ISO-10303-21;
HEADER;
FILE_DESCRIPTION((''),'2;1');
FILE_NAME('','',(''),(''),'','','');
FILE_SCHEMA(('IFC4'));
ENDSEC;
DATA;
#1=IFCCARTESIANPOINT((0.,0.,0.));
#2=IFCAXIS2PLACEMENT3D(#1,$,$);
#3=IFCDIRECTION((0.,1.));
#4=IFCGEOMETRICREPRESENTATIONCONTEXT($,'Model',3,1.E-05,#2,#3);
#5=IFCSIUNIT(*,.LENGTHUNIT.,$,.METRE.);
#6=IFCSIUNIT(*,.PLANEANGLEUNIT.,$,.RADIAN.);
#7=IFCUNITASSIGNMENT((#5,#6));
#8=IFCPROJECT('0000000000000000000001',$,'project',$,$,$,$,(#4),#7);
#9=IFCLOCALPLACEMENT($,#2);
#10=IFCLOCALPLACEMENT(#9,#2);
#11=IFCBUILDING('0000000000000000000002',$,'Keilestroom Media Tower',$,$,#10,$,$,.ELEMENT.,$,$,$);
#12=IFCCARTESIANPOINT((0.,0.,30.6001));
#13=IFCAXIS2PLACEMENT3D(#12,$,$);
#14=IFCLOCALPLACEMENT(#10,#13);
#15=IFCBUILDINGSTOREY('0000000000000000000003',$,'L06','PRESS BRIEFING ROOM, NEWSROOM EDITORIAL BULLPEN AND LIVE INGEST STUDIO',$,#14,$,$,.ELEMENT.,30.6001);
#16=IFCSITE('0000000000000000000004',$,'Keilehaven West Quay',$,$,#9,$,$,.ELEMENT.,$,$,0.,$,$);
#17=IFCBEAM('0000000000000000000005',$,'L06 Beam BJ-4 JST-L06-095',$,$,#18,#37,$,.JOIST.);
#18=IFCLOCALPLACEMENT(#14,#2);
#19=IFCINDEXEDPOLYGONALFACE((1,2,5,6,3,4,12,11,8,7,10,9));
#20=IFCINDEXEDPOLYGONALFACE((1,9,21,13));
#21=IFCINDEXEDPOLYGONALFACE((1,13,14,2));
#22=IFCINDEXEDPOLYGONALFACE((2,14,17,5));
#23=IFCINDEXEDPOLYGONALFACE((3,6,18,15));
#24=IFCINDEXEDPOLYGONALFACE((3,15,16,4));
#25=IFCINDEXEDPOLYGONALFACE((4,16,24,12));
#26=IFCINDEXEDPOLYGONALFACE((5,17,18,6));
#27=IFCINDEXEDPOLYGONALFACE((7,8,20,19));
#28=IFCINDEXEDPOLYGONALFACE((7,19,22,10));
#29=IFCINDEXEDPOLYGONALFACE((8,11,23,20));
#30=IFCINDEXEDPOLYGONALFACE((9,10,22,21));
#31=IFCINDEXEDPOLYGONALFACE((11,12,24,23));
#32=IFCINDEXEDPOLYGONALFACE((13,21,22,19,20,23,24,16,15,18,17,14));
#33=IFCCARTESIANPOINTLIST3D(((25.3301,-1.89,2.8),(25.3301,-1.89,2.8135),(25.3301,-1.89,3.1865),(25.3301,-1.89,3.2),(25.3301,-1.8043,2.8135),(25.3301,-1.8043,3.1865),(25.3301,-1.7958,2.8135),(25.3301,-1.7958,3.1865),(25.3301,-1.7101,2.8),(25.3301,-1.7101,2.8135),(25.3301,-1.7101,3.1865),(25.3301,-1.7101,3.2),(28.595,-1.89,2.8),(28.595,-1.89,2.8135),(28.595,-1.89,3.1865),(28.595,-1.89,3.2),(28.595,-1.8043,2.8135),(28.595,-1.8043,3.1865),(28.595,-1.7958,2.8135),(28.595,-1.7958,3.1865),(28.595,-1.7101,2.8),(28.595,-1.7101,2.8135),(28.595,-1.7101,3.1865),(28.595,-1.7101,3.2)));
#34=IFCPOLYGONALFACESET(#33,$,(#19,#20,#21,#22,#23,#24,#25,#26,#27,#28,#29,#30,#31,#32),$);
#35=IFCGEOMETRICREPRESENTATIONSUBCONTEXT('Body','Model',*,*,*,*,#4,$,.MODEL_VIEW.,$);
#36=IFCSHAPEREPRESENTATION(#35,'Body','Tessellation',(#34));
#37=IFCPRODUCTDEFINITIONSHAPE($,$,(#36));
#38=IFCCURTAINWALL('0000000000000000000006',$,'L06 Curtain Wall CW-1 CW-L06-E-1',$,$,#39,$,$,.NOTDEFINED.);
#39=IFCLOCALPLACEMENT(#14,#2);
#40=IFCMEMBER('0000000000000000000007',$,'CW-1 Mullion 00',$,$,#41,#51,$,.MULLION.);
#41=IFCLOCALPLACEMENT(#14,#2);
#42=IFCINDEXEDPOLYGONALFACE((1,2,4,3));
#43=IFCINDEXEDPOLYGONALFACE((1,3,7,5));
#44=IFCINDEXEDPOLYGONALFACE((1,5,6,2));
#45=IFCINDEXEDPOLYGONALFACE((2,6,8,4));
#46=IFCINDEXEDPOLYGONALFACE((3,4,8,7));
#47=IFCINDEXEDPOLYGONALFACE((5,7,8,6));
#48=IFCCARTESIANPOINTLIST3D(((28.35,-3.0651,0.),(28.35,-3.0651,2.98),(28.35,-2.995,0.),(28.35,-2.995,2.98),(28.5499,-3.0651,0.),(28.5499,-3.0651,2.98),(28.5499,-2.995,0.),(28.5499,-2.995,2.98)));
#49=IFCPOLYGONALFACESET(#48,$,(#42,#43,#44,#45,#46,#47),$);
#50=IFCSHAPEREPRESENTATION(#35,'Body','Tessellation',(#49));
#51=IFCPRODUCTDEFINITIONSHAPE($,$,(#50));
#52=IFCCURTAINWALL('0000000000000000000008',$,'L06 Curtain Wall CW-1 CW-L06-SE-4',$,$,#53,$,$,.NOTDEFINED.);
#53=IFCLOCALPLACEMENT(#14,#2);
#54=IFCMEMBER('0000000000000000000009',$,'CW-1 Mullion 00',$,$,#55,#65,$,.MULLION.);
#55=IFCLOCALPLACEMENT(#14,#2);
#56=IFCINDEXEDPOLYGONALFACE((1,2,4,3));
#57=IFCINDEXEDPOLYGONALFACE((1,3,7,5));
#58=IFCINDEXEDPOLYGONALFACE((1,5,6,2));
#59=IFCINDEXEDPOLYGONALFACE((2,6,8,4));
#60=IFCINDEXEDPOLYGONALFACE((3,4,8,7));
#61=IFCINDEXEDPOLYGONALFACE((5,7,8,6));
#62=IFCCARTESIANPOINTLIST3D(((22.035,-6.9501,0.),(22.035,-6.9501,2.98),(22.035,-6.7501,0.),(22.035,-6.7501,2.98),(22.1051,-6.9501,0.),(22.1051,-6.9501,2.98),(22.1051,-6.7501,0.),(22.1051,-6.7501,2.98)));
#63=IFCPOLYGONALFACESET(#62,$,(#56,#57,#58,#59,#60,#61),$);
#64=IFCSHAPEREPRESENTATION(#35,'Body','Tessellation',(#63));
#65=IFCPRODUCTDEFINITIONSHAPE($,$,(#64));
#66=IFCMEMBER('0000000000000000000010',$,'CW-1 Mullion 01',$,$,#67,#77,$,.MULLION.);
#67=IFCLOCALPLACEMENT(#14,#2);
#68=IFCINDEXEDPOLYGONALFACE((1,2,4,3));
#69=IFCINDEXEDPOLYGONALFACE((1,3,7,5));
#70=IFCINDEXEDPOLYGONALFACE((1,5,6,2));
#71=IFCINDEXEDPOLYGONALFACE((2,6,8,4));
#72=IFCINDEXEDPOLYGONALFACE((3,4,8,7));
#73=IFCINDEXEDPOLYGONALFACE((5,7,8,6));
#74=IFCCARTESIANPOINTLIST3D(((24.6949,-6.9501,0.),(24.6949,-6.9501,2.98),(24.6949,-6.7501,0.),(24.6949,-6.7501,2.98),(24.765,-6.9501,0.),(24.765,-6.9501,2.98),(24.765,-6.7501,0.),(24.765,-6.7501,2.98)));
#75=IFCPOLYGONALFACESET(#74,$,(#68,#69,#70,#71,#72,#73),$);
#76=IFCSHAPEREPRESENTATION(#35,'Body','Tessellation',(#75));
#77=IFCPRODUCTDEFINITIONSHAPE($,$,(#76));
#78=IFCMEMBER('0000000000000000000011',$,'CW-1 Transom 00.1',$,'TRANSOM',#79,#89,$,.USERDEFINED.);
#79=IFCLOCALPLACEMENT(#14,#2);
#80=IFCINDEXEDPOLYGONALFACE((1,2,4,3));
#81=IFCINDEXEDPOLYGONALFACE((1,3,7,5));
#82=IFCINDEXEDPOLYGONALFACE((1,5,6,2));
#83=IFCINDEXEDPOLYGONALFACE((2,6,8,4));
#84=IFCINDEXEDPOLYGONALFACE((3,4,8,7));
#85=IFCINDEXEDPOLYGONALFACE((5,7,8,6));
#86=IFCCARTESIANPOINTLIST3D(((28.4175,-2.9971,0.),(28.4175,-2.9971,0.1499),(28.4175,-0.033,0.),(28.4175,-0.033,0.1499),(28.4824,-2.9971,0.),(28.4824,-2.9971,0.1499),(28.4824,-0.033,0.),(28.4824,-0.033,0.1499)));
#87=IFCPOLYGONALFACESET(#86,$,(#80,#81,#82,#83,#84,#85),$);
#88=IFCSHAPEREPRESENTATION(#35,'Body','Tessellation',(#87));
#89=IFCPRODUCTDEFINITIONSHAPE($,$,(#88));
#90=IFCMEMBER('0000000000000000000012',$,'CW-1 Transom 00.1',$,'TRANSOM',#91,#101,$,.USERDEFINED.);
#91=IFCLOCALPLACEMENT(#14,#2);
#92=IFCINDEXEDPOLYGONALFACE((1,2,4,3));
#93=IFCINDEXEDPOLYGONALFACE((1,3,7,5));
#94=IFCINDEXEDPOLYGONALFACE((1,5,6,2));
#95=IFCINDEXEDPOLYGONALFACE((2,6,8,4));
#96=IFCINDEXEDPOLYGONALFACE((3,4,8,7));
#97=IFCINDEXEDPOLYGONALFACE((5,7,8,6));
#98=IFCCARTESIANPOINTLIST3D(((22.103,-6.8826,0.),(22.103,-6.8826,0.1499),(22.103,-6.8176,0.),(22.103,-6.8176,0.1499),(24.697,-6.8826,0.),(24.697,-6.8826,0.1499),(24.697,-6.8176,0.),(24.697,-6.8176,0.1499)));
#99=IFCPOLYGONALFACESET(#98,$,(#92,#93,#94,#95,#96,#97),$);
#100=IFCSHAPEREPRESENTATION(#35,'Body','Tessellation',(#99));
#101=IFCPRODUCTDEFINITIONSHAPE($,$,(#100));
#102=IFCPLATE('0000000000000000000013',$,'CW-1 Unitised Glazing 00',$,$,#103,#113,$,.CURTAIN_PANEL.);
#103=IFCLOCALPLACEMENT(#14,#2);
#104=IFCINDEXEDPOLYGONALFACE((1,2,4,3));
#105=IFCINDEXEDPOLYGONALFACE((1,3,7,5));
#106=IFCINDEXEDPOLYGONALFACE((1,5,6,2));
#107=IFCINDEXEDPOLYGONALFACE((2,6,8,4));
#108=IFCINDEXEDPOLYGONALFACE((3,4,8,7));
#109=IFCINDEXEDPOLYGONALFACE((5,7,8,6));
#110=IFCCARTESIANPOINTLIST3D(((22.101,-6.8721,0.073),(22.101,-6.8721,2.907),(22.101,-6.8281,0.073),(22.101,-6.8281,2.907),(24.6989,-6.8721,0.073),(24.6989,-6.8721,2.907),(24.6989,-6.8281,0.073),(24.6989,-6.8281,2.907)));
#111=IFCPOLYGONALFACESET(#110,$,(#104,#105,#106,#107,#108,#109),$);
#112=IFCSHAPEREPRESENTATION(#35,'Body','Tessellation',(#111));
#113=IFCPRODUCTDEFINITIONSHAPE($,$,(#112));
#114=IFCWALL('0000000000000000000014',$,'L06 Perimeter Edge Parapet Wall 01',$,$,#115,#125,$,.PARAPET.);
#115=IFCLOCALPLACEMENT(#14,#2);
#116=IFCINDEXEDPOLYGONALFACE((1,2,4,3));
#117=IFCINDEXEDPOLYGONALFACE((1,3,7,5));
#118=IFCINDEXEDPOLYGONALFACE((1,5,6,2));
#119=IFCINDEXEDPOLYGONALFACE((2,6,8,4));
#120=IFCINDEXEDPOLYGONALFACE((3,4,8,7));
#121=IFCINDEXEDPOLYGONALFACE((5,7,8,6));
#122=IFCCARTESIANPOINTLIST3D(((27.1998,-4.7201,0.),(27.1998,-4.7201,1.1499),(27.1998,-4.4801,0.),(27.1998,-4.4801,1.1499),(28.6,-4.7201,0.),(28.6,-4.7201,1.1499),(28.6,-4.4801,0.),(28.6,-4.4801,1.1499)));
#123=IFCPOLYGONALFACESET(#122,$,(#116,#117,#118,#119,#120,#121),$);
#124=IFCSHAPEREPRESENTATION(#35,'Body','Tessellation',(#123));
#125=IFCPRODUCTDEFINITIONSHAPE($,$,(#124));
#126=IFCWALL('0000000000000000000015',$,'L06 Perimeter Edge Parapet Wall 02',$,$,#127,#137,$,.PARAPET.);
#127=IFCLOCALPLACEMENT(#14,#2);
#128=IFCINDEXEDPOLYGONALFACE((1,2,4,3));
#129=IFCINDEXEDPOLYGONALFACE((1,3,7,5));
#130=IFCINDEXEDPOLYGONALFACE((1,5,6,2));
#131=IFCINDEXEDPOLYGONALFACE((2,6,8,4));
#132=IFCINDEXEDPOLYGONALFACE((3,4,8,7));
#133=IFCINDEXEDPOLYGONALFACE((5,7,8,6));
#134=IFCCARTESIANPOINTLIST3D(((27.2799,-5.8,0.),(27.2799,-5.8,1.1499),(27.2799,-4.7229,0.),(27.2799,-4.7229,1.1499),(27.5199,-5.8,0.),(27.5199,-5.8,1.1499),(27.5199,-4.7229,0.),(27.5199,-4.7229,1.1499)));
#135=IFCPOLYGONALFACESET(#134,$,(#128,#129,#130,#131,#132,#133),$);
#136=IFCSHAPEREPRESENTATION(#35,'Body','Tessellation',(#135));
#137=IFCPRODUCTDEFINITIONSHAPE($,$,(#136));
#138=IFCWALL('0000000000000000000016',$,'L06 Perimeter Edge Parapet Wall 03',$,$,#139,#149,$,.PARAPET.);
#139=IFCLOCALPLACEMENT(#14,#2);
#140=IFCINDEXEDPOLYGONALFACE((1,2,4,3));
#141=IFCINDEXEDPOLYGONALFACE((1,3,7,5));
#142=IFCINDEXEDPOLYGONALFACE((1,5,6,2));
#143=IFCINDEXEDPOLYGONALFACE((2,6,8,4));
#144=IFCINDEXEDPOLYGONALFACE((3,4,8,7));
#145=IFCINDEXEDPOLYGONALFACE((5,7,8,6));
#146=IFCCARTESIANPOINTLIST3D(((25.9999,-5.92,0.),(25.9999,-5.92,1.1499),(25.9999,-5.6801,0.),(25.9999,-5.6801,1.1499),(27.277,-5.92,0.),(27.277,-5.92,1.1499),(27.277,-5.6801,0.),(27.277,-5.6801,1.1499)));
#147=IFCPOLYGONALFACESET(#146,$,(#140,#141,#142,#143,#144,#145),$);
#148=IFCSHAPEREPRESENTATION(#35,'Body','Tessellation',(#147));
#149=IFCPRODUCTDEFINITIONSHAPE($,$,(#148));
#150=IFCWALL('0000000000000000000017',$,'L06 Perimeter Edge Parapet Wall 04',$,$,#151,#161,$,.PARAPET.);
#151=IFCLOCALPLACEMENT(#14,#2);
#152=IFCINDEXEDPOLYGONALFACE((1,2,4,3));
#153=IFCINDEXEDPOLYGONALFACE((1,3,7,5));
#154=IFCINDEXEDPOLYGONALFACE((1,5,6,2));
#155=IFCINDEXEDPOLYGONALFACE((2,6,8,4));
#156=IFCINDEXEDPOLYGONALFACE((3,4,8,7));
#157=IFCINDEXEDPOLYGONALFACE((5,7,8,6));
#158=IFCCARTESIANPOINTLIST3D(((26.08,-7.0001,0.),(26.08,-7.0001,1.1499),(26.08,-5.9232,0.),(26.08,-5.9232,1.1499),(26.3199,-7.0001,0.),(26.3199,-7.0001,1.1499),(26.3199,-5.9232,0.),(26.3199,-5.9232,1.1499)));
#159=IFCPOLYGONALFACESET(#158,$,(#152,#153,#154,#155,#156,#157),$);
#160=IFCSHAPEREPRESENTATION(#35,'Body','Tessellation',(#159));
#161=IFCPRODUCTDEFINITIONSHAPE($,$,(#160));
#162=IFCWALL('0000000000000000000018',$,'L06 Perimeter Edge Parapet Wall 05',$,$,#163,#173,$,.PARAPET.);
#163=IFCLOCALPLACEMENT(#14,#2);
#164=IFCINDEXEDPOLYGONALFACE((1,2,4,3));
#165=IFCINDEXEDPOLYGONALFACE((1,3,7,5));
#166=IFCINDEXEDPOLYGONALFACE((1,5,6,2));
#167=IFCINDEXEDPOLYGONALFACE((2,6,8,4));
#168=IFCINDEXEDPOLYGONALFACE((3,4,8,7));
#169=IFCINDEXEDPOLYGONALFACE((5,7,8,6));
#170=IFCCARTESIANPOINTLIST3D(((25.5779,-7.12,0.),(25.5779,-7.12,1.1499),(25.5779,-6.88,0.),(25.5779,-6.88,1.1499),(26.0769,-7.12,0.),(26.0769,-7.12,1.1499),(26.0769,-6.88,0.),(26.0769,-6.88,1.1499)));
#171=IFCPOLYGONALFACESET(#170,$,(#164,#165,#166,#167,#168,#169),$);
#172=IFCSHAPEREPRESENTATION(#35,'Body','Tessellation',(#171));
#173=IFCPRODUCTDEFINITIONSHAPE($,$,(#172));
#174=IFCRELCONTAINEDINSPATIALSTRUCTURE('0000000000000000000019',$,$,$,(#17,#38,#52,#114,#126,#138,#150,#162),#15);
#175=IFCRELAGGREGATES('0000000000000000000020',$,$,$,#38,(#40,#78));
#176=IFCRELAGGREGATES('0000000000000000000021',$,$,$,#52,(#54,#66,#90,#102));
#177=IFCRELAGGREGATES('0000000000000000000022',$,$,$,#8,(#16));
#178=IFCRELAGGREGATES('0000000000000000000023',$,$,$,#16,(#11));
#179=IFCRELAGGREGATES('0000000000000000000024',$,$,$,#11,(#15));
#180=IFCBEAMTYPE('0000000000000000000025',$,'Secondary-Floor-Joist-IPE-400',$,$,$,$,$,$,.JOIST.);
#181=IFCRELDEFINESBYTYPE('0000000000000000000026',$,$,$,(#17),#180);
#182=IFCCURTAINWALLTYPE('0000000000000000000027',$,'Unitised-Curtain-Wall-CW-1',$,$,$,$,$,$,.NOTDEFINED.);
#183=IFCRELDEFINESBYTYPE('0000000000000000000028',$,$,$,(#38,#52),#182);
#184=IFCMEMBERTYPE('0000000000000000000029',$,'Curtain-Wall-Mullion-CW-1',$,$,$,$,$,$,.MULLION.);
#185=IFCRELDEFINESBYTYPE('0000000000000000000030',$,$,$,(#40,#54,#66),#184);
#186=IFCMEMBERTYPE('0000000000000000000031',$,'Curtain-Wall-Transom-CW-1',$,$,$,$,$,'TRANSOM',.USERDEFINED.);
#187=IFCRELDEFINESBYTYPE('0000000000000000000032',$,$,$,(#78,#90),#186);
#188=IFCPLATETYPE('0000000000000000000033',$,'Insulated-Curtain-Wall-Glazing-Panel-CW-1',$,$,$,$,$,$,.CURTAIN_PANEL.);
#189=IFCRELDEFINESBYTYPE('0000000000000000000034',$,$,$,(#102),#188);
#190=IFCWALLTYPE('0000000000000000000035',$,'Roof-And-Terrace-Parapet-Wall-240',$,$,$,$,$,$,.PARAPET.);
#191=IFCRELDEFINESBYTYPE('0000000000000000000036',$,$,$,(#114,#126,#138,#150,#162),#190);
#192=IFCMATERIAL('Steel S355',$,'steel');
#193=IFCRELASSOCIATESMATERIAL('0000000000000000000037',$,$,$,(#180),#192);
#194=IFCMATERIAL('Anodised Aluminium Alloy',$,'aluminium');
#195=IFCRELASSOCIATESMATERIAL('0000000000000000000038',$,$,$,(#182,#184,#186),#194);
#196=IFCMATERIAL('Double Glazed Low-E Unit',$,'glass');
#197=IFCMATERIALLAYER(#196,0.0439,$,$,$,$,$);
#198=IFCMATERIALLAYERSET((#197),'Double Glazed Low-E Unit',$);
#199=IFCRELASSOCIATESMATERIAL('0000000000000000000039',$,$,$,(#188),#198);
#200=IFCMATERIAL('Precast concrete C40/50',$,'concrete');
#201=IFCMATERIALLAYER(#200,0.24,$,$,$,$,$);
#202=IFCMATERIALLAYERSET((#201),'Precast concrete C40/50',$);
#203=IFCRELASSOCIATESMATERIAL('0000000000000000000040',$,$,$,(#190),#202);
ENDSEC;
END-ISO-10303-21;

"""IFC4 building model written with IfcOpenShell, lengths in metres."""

from ifc_helpers import new_model, si_unit, direction, frame, frame_2d, origin, origin_2d, place, context, subcontext, project, spatial, rectangle, i_section, extrude, source, transform, mapped, material, layer, layer_set, material_profile, profile_set, type_object, element, aggregate, save


model = new_model("IFC4")

# Units and contexts
model_context = context("Model", 3, precision=1e-05, world=origin(), true_north=direction((0.0, 1.0)))
body_context = subcontext(model_context, "Body", "Model", "MODEL_VIEW")
ifc_project = project(units=[si_unit("LENGTHUNIT", "METRE"), si_unit("PLANEANGLEUNIT", "RADIAN")], contexts=[model_context])

# Site, building, storey
site_placement = place(None, origin())
site = spatial("IfcSite", under=ifc_project, at=site_placement, Name="Keilehaven West Quay", CompositionType="ELEMENT", RefElevation=0.0)
building_placement = place(site_placement, origin())
building = spatial("IfcBuilding", under=site, at=building_placement, Name="Keilestroom Media Tower", CompositionType="ELEMENT")
storey_placement = place(building_placement, frame((0.0, 0.0, 30.6001)))
storey = spatial("IfcBuildingStorey", under=building, at=storey_placement, Name="L06", Description="PRESS BRIEFING ROOM, NEWSROOM EDITORIAL BULLPEN AND LIVE INGEST STUDIO", CompositionType="ELEMENT", Elevation=30.6001)

# Shared definitions
ifc_material_1 = material(Name="Precast concrete C40/50", Category="concrete")

# Beam
ifc_material_2 = material(Name="Steel S355", Category="steel")
ifc_material_profile_1 = material_profile(ifc_material_2, i_section(OverallWidth=0.1799, OverallDepth=0.3999, WebThickness=0.0085, FlangeThickness=0.0134, at=origin_2d()), Name="IPE 400")
ifc_profile_set_1 = profile_set([ifc_material_profile_1], Name="Steel S355")
beam_type_1 = type_object("IfcBeamType", Name="Secondary-Floor-Joist-IPE-400", PredefinedType="JOIST", material=ifc_profile_set_1)
shared_shape_1 = source(origin(), body_context, "Body", "SweptSolid", [
    extrude(i_section(OverallWidth=0.1799, OverallDepth=0.3999, WebThickness=0.0085, FlangeThickness=0.0134, at=origin_2d()), origin(), (0.0, 0.0, 1.0), 3.2649),
])
beam_1_placement = place(storey_placement, frame((25.3301, -1.8, 3.0), z_axis=(1.0, 0.0, 0.0), x_axis=(0.0, 1.0, 0.0)))
element("IfcBeam", 1, at=beam_1_placement, inside=storey, type_object=beam_type_1, Name="L06 Beam BJ-4 JST-L06-095", PredefinedType="JOIST", context=body_context, shape_type="MappedRepresentation", body=[
    mapped(shared_shape_1, transform((0.0, 0.0, 0.0), x_axis=(1.0, 0.0, 0.0), y_axis=(0.0, 1.0, 0.0), z_axis=(0.0, 0.0, 1.0), scale=1.0)),
])

# Curtain wall, member
ifc_material_3 = material(Name="Anodised Aluminium Alloy", Category="aluminium")
curtain_wall_type = type_object("IfcCurtainWallType", Name="Unitised-Curtain-Wall-CW-1", PredefinedType="NOTDEFINED", material=ifc_material_3)
curtain_wall_1_placement = place(storey_placement, origin())
curtain_wall_1 = element("IfcCurtainWall", 2, at=curtain_wall_1_placement, inside=storey, type_object=curtain_wall_type, Name="L06 Curtain Wall CW-1 CW-L06-E-1", PredefinedType="NOTDEFINED")
ifc_material_profile_2 = material_profile(ifc_material_3, rectangle(XDim=0.0701, YDim=0.2, at=origin_2d()), Name="ALU MULLION 70x200")
ifc_profile_set_2 = profile_set([ifc_material_profile_2], Name="Anodised Aluminium Alloy")
member_type_1 = type_object("IfcMemberType", Name="Curtain-Wall-Mullion-CW-1", PredefinedType="MULLION", material=ifc_profile_set_2)
shared_shape_2 = source(origin(), body_context, "Body", "SweptSolid", [
    extrude(rectangle(XDim=0.0701, YDim=0.2, at=origin_2d()), origin(), (0.0, 0.0, 1.0), 2.98),
])
member_1_placement = place(storey_placement, frame((28.45, -3.03, 0.0), z_axis=(0.0, 0.0, 1.0), x_axis=(0.0, 1.0, 0.0)))
member_1 = element("IfcMember", 3, at=member_1_placement, type_object=member_type_1, Name="CW-1 Mullion 00", PredefinedType="MULLION", context=body_context, shape_type="MappedRepresentation", body=[
    mapped(shared_shape_2, transform((0.0, 0.0, 0.0), x_axis=(1.0, 0.0, 0.0), y_axis=(0.0, 1.0, 0.0), z_axis=(0.0, 0.0, 1.0), scale=1.0)),
])

# Curtain wall, members
curtain_wall_2_placement = place(storey_placement, origin())
curtain_wall_2 = element("IfcCurtainWall", 4, at=curtain_wall_2_placement, inside=storey, type_object=curtain_wall_type, Name="L06 Curtain Wall CW-1 CW-L06-SE-4", PredefinedType="NOTDEFINED")
member_2_placement = place(storey_placement, frame((22.0701, -6.8501, 0.0), z_axis=(0.0, 0.0, 1.0), x_axis=(1.0, 0.0, 0.0)))
member_2 = element("IfcMember", 5, at=member_2_placement, type_object=member_type_1, Name="CW-1 Mullion 00", PredefinedType="MULLION", context=body_context, shape_type="MappedRepresentation", body=[
    mapped(shared_shape_2, transform((0.0, 0.0, 0.0), x_axis=(1.0, 0.0, 0.0), y_axis=(0.0, 1.0, 0.0), z_axis=(0.0, 0.0, 1.0), scale=1.0)),
])
member_3_placement = place(storey_placement, frame((24.73, -6.8501, 0.0), z_axis=(0.0, 0.0, 1.0), x_axis=(1.0, 0.0, 0.0)))
member_3 = element("IfcMember", 6, at=member_3_placement, type_object=member_type_1, Name="CW-1 Mullion 01", PredefinedType="MULLION", context=body_context, shape_type="MappedRepresentation", body=[
    mapped(shared_shape_2, transform((0.0, 0.0, 0.0), x_axis=(1.0, 0.0, 0.0), y_axis=(0.0, 1.0, 0.0), z_axis=(0.0, 0.0, 1.0), scale=1.0)),
])

# Members
ifc_material_profile_3 = material_profile(ifc_material_3, rectangle(XDim=0.0649, YDim=0.1499, at=origin_2d()), Name="ALU TRANSOM 65x150")
ifc_profile_set_3 = profile_set([ifc_material_profile_3], Name="Anodised Aluminium Alloy")
member_type_2 = type_object("IfcMemberType", Name="Curtain-Wall-Transom-CW-1", ElementType="TRANSOM", PredefinedType="USERDEFINED", material=ifc_profile_set_3)
shared_shape_3 = source(origin(), body_context, "Body", "SweptSolid", [
    extrude(rectangle(XDim=0.0649, YDim=0.1499, at=origin_2d()), origin(), (0.0, 0.0, 1.0), 2.9641),
])
member_4_placement = place(storey_placement, frame((28.45, -2.9971, 0.075), z_axis=(0.0, 1.0, 0.0), x_axis=(-1.0, 0.0, 0.0)))
member_4 = element("IfcMember", 7, at=member_4_placement, type_object=member_type_2, Name="CW-1 Transom 00.1", ObjectType="TRANSOM", PredefinedType="USERDEFINED", context=body_context, shape_type="MappedRepresentation", body=[
    mapped(shared_shape_3, transform((0.0, 0.0, 0.0), x_axis=(1.0, 0.0, 0.0), y_axis=(0.0, 1.0, 0.0), z_axis=(0.0, 0.0, 1.0), scale=1.0)),
])
aggregate(curtain_wall_1, [member_1, member_4])
shared_shape_4 = source(origin(), body_context, "Body", "SweptSolid", [
    extrude(rectangle(XDim=0.0649, YDim=0.1499, at=origin_2d()), origin(), (0.0, 0.0, 1.0), 2.594),
])
member_5_placement = place(storey_placement, frame((22.103, -6.8501, 0.075), z_axis=(1.0, 0.0, 0.0), x_axis=(0.0, 1.0, 0.0)))
member_5 = element("IfcMember", 8, at=member_5_placement, type_object=member_type_2, Name="CW-1 Transom 00.1", ObjectType="TRANSOM", PredefinedType="USERDEFINED", context=body_context, shape_type="MappedRepresentation", body=[
    mapped(shared_shape_4, transform((0.0, 0.0, 0.0), x_axis=(1.0, 0.0, 0.0), y_axis=(0.0, 1.0, 0.0), z_axis=(0.0, 0.0, 1.0), scale=1.0)),
])

# Plate
ifc_material_4 = material(Name="Double Glazed Low-E Unit", Category="glass")
ifc_layer_1 = layer(ifc_material_4, 0.0439)
ifc_layer_set_1 = layer_set([ifc_layer_1], Name="Double Glazed Low-E Unit")
plate_type = type_object("IfcPlateType", Name="Insulated-Curtain-Wall-Glazing-Panel-CW-1", PredefinedType="CURTAIN_PANEL", material=ifc_layer_set_1)
shared_shape_5 = source(origin(), body_context, "Body", "SweptSolid", [
    extrude(rectangle(XDim=2.5979, YDim=0.0439, at=origin_2d()), origin(), (0.0, 0.0, 1.0), 2.834),
])
plate_placement = place(storey_placement, frame((23.3999, -6.8501, 0.073), z_axis=(0.0, 0.0, 1.0), x_axis=(1.0, 0.0, 0.0)))
plate = element("IfcPlate", 9, at=plate_placement, type_object=plate_type, Name="CW-1 Unitised Glazing 00", PredefinedType="CURTAIN_PANEL", context=body_context, shape_type="MappedRepresentation", body=[
    mapped(shared_shape_5, transform((0.0, 0.0, 0.0), x_axis=(1.0, 0.0, 0.0), y_axis=(0.0, 1.0, 0.0), z_axis=(0.0, 0.0, 1.0), scale=1.0)),
])
aggregate(curtain_wall_2, [member_2, member_3, member_5, plate])

# Walls
ifc_layer_2 = layer(ifc_material_1, 0.24)
ifc_layer_set_2 = layer_set([ifc_layer_2], Name="Precast concrete C40/50")
wall_type = type_object("IfcWallType", Name="Roof-And-Terrace-Parapet-Wall-240", PredefinedType="PARAPET", material=ifc_layer_set_2)
wall_1_placement = place(storey_placement, frame((28.6001, -4.6001, 0.0), z_axis=(0.0, 0.0, 1.0), x_axis=(-1.0, 0.0, 0.0)))
element("IfcWall", 10, at=wall_1_placement, inside=storey, type_object=wall_type, Name="L06 Perimeter Edge Parapet Wall 01", PredefinedType="PARAPET", context=body_context, shape_type="SweptSolid", body=[
    extrude(rectangle(XDim=1.4001, YDim=0.24, at=frame_2d((0.7002, 0.0))), origin(), (0.0, 0.0, 1.0), 1.1499),
])
wall_2_placement = place(storey_placement, frame((27.3999, -4.7229, 0.0), z_axis=(0.0, 0.0, 1.0), x_axis=(0.0, -1.0, 0.0)))
element("IfcWall", 11, at=wall_2_placement, inside=storey, type_object=wall_type, Name="L06 Perimeter Edge Parapet Wall 02", PredefinedType="PARAPET", context=body_context, shape_type="SweptSolid", body=[
    extrude(rectangle(XDim=1.0771, YDim=0.24, at=frame_2d((0.5386, 0.0))), origin(), (0.0, 0.0, 1.0), 1.1499),
])
wall_3_placement = place(storey_placement, frame((27.2771, -5.8, 0.0), z_axis=(0.0, 0.0, 1.0), x_axis=(-1.0, 0.0, 0.0)))
element("IfcWall", 12, at=wall_3_placement, inside=storey, type_object=wall_type, Name="L06 Perimeter Edge Parapet Wall 03", PredefinedType="PARAPET", context=body_context, shape_type="SweptSolid", body=[
    extrude(rectangle(XDim=1.2771, YDim=0.24, at=frame_2d((0.6387, 0.0))), origin(), (0.0, 0.0, 1.0), 1.1499),
])
wall_4_placement = place(storey_placement, frame((26.2, -5.9231, 0.0), z_axis=(0.0, 0.0, 1.0), x_axis=(0.0, -1.0, 0.0)))
element("IfcWall", 13, at=wall_4_placement, inside=storey, type_object=wall_type, Name="L06 Perimeter Edge Parapet Wall 04", PredefinedType="PARAPET", context=body_context, shape_type="SweptSolid", body=[
    extrude(rectangle(XDim=1.0769, YDim=0.24, at=frame_2d((0.5386, 0.0))), origin(), (0.0, 0.0, 1.0), 1.1499),
])
wall_5_placement = place(storey_placement, frame((26.0769, -7.0, 0.0), z_axis=(0.0, 0.0, 1.0), x_axis=(-1.0, 0.0, 0.0)))
element("IfcWall", 14, at=wall_5_placement, inside=storey, type_object=wall_type, Name="L06 Perimeter Edge Parapet Wall 05", PredefinedType="PARAPET", context=body_context, shape_type="SweptSolid", body=[
    extrude(rectangle(XDim=0.499, YDim=0.24, at=frame_2d((0.2495, 0.0))), origin(), (0.0, 0.0, 1.0), 1.1499),
])

save(model, "model.ifc")
